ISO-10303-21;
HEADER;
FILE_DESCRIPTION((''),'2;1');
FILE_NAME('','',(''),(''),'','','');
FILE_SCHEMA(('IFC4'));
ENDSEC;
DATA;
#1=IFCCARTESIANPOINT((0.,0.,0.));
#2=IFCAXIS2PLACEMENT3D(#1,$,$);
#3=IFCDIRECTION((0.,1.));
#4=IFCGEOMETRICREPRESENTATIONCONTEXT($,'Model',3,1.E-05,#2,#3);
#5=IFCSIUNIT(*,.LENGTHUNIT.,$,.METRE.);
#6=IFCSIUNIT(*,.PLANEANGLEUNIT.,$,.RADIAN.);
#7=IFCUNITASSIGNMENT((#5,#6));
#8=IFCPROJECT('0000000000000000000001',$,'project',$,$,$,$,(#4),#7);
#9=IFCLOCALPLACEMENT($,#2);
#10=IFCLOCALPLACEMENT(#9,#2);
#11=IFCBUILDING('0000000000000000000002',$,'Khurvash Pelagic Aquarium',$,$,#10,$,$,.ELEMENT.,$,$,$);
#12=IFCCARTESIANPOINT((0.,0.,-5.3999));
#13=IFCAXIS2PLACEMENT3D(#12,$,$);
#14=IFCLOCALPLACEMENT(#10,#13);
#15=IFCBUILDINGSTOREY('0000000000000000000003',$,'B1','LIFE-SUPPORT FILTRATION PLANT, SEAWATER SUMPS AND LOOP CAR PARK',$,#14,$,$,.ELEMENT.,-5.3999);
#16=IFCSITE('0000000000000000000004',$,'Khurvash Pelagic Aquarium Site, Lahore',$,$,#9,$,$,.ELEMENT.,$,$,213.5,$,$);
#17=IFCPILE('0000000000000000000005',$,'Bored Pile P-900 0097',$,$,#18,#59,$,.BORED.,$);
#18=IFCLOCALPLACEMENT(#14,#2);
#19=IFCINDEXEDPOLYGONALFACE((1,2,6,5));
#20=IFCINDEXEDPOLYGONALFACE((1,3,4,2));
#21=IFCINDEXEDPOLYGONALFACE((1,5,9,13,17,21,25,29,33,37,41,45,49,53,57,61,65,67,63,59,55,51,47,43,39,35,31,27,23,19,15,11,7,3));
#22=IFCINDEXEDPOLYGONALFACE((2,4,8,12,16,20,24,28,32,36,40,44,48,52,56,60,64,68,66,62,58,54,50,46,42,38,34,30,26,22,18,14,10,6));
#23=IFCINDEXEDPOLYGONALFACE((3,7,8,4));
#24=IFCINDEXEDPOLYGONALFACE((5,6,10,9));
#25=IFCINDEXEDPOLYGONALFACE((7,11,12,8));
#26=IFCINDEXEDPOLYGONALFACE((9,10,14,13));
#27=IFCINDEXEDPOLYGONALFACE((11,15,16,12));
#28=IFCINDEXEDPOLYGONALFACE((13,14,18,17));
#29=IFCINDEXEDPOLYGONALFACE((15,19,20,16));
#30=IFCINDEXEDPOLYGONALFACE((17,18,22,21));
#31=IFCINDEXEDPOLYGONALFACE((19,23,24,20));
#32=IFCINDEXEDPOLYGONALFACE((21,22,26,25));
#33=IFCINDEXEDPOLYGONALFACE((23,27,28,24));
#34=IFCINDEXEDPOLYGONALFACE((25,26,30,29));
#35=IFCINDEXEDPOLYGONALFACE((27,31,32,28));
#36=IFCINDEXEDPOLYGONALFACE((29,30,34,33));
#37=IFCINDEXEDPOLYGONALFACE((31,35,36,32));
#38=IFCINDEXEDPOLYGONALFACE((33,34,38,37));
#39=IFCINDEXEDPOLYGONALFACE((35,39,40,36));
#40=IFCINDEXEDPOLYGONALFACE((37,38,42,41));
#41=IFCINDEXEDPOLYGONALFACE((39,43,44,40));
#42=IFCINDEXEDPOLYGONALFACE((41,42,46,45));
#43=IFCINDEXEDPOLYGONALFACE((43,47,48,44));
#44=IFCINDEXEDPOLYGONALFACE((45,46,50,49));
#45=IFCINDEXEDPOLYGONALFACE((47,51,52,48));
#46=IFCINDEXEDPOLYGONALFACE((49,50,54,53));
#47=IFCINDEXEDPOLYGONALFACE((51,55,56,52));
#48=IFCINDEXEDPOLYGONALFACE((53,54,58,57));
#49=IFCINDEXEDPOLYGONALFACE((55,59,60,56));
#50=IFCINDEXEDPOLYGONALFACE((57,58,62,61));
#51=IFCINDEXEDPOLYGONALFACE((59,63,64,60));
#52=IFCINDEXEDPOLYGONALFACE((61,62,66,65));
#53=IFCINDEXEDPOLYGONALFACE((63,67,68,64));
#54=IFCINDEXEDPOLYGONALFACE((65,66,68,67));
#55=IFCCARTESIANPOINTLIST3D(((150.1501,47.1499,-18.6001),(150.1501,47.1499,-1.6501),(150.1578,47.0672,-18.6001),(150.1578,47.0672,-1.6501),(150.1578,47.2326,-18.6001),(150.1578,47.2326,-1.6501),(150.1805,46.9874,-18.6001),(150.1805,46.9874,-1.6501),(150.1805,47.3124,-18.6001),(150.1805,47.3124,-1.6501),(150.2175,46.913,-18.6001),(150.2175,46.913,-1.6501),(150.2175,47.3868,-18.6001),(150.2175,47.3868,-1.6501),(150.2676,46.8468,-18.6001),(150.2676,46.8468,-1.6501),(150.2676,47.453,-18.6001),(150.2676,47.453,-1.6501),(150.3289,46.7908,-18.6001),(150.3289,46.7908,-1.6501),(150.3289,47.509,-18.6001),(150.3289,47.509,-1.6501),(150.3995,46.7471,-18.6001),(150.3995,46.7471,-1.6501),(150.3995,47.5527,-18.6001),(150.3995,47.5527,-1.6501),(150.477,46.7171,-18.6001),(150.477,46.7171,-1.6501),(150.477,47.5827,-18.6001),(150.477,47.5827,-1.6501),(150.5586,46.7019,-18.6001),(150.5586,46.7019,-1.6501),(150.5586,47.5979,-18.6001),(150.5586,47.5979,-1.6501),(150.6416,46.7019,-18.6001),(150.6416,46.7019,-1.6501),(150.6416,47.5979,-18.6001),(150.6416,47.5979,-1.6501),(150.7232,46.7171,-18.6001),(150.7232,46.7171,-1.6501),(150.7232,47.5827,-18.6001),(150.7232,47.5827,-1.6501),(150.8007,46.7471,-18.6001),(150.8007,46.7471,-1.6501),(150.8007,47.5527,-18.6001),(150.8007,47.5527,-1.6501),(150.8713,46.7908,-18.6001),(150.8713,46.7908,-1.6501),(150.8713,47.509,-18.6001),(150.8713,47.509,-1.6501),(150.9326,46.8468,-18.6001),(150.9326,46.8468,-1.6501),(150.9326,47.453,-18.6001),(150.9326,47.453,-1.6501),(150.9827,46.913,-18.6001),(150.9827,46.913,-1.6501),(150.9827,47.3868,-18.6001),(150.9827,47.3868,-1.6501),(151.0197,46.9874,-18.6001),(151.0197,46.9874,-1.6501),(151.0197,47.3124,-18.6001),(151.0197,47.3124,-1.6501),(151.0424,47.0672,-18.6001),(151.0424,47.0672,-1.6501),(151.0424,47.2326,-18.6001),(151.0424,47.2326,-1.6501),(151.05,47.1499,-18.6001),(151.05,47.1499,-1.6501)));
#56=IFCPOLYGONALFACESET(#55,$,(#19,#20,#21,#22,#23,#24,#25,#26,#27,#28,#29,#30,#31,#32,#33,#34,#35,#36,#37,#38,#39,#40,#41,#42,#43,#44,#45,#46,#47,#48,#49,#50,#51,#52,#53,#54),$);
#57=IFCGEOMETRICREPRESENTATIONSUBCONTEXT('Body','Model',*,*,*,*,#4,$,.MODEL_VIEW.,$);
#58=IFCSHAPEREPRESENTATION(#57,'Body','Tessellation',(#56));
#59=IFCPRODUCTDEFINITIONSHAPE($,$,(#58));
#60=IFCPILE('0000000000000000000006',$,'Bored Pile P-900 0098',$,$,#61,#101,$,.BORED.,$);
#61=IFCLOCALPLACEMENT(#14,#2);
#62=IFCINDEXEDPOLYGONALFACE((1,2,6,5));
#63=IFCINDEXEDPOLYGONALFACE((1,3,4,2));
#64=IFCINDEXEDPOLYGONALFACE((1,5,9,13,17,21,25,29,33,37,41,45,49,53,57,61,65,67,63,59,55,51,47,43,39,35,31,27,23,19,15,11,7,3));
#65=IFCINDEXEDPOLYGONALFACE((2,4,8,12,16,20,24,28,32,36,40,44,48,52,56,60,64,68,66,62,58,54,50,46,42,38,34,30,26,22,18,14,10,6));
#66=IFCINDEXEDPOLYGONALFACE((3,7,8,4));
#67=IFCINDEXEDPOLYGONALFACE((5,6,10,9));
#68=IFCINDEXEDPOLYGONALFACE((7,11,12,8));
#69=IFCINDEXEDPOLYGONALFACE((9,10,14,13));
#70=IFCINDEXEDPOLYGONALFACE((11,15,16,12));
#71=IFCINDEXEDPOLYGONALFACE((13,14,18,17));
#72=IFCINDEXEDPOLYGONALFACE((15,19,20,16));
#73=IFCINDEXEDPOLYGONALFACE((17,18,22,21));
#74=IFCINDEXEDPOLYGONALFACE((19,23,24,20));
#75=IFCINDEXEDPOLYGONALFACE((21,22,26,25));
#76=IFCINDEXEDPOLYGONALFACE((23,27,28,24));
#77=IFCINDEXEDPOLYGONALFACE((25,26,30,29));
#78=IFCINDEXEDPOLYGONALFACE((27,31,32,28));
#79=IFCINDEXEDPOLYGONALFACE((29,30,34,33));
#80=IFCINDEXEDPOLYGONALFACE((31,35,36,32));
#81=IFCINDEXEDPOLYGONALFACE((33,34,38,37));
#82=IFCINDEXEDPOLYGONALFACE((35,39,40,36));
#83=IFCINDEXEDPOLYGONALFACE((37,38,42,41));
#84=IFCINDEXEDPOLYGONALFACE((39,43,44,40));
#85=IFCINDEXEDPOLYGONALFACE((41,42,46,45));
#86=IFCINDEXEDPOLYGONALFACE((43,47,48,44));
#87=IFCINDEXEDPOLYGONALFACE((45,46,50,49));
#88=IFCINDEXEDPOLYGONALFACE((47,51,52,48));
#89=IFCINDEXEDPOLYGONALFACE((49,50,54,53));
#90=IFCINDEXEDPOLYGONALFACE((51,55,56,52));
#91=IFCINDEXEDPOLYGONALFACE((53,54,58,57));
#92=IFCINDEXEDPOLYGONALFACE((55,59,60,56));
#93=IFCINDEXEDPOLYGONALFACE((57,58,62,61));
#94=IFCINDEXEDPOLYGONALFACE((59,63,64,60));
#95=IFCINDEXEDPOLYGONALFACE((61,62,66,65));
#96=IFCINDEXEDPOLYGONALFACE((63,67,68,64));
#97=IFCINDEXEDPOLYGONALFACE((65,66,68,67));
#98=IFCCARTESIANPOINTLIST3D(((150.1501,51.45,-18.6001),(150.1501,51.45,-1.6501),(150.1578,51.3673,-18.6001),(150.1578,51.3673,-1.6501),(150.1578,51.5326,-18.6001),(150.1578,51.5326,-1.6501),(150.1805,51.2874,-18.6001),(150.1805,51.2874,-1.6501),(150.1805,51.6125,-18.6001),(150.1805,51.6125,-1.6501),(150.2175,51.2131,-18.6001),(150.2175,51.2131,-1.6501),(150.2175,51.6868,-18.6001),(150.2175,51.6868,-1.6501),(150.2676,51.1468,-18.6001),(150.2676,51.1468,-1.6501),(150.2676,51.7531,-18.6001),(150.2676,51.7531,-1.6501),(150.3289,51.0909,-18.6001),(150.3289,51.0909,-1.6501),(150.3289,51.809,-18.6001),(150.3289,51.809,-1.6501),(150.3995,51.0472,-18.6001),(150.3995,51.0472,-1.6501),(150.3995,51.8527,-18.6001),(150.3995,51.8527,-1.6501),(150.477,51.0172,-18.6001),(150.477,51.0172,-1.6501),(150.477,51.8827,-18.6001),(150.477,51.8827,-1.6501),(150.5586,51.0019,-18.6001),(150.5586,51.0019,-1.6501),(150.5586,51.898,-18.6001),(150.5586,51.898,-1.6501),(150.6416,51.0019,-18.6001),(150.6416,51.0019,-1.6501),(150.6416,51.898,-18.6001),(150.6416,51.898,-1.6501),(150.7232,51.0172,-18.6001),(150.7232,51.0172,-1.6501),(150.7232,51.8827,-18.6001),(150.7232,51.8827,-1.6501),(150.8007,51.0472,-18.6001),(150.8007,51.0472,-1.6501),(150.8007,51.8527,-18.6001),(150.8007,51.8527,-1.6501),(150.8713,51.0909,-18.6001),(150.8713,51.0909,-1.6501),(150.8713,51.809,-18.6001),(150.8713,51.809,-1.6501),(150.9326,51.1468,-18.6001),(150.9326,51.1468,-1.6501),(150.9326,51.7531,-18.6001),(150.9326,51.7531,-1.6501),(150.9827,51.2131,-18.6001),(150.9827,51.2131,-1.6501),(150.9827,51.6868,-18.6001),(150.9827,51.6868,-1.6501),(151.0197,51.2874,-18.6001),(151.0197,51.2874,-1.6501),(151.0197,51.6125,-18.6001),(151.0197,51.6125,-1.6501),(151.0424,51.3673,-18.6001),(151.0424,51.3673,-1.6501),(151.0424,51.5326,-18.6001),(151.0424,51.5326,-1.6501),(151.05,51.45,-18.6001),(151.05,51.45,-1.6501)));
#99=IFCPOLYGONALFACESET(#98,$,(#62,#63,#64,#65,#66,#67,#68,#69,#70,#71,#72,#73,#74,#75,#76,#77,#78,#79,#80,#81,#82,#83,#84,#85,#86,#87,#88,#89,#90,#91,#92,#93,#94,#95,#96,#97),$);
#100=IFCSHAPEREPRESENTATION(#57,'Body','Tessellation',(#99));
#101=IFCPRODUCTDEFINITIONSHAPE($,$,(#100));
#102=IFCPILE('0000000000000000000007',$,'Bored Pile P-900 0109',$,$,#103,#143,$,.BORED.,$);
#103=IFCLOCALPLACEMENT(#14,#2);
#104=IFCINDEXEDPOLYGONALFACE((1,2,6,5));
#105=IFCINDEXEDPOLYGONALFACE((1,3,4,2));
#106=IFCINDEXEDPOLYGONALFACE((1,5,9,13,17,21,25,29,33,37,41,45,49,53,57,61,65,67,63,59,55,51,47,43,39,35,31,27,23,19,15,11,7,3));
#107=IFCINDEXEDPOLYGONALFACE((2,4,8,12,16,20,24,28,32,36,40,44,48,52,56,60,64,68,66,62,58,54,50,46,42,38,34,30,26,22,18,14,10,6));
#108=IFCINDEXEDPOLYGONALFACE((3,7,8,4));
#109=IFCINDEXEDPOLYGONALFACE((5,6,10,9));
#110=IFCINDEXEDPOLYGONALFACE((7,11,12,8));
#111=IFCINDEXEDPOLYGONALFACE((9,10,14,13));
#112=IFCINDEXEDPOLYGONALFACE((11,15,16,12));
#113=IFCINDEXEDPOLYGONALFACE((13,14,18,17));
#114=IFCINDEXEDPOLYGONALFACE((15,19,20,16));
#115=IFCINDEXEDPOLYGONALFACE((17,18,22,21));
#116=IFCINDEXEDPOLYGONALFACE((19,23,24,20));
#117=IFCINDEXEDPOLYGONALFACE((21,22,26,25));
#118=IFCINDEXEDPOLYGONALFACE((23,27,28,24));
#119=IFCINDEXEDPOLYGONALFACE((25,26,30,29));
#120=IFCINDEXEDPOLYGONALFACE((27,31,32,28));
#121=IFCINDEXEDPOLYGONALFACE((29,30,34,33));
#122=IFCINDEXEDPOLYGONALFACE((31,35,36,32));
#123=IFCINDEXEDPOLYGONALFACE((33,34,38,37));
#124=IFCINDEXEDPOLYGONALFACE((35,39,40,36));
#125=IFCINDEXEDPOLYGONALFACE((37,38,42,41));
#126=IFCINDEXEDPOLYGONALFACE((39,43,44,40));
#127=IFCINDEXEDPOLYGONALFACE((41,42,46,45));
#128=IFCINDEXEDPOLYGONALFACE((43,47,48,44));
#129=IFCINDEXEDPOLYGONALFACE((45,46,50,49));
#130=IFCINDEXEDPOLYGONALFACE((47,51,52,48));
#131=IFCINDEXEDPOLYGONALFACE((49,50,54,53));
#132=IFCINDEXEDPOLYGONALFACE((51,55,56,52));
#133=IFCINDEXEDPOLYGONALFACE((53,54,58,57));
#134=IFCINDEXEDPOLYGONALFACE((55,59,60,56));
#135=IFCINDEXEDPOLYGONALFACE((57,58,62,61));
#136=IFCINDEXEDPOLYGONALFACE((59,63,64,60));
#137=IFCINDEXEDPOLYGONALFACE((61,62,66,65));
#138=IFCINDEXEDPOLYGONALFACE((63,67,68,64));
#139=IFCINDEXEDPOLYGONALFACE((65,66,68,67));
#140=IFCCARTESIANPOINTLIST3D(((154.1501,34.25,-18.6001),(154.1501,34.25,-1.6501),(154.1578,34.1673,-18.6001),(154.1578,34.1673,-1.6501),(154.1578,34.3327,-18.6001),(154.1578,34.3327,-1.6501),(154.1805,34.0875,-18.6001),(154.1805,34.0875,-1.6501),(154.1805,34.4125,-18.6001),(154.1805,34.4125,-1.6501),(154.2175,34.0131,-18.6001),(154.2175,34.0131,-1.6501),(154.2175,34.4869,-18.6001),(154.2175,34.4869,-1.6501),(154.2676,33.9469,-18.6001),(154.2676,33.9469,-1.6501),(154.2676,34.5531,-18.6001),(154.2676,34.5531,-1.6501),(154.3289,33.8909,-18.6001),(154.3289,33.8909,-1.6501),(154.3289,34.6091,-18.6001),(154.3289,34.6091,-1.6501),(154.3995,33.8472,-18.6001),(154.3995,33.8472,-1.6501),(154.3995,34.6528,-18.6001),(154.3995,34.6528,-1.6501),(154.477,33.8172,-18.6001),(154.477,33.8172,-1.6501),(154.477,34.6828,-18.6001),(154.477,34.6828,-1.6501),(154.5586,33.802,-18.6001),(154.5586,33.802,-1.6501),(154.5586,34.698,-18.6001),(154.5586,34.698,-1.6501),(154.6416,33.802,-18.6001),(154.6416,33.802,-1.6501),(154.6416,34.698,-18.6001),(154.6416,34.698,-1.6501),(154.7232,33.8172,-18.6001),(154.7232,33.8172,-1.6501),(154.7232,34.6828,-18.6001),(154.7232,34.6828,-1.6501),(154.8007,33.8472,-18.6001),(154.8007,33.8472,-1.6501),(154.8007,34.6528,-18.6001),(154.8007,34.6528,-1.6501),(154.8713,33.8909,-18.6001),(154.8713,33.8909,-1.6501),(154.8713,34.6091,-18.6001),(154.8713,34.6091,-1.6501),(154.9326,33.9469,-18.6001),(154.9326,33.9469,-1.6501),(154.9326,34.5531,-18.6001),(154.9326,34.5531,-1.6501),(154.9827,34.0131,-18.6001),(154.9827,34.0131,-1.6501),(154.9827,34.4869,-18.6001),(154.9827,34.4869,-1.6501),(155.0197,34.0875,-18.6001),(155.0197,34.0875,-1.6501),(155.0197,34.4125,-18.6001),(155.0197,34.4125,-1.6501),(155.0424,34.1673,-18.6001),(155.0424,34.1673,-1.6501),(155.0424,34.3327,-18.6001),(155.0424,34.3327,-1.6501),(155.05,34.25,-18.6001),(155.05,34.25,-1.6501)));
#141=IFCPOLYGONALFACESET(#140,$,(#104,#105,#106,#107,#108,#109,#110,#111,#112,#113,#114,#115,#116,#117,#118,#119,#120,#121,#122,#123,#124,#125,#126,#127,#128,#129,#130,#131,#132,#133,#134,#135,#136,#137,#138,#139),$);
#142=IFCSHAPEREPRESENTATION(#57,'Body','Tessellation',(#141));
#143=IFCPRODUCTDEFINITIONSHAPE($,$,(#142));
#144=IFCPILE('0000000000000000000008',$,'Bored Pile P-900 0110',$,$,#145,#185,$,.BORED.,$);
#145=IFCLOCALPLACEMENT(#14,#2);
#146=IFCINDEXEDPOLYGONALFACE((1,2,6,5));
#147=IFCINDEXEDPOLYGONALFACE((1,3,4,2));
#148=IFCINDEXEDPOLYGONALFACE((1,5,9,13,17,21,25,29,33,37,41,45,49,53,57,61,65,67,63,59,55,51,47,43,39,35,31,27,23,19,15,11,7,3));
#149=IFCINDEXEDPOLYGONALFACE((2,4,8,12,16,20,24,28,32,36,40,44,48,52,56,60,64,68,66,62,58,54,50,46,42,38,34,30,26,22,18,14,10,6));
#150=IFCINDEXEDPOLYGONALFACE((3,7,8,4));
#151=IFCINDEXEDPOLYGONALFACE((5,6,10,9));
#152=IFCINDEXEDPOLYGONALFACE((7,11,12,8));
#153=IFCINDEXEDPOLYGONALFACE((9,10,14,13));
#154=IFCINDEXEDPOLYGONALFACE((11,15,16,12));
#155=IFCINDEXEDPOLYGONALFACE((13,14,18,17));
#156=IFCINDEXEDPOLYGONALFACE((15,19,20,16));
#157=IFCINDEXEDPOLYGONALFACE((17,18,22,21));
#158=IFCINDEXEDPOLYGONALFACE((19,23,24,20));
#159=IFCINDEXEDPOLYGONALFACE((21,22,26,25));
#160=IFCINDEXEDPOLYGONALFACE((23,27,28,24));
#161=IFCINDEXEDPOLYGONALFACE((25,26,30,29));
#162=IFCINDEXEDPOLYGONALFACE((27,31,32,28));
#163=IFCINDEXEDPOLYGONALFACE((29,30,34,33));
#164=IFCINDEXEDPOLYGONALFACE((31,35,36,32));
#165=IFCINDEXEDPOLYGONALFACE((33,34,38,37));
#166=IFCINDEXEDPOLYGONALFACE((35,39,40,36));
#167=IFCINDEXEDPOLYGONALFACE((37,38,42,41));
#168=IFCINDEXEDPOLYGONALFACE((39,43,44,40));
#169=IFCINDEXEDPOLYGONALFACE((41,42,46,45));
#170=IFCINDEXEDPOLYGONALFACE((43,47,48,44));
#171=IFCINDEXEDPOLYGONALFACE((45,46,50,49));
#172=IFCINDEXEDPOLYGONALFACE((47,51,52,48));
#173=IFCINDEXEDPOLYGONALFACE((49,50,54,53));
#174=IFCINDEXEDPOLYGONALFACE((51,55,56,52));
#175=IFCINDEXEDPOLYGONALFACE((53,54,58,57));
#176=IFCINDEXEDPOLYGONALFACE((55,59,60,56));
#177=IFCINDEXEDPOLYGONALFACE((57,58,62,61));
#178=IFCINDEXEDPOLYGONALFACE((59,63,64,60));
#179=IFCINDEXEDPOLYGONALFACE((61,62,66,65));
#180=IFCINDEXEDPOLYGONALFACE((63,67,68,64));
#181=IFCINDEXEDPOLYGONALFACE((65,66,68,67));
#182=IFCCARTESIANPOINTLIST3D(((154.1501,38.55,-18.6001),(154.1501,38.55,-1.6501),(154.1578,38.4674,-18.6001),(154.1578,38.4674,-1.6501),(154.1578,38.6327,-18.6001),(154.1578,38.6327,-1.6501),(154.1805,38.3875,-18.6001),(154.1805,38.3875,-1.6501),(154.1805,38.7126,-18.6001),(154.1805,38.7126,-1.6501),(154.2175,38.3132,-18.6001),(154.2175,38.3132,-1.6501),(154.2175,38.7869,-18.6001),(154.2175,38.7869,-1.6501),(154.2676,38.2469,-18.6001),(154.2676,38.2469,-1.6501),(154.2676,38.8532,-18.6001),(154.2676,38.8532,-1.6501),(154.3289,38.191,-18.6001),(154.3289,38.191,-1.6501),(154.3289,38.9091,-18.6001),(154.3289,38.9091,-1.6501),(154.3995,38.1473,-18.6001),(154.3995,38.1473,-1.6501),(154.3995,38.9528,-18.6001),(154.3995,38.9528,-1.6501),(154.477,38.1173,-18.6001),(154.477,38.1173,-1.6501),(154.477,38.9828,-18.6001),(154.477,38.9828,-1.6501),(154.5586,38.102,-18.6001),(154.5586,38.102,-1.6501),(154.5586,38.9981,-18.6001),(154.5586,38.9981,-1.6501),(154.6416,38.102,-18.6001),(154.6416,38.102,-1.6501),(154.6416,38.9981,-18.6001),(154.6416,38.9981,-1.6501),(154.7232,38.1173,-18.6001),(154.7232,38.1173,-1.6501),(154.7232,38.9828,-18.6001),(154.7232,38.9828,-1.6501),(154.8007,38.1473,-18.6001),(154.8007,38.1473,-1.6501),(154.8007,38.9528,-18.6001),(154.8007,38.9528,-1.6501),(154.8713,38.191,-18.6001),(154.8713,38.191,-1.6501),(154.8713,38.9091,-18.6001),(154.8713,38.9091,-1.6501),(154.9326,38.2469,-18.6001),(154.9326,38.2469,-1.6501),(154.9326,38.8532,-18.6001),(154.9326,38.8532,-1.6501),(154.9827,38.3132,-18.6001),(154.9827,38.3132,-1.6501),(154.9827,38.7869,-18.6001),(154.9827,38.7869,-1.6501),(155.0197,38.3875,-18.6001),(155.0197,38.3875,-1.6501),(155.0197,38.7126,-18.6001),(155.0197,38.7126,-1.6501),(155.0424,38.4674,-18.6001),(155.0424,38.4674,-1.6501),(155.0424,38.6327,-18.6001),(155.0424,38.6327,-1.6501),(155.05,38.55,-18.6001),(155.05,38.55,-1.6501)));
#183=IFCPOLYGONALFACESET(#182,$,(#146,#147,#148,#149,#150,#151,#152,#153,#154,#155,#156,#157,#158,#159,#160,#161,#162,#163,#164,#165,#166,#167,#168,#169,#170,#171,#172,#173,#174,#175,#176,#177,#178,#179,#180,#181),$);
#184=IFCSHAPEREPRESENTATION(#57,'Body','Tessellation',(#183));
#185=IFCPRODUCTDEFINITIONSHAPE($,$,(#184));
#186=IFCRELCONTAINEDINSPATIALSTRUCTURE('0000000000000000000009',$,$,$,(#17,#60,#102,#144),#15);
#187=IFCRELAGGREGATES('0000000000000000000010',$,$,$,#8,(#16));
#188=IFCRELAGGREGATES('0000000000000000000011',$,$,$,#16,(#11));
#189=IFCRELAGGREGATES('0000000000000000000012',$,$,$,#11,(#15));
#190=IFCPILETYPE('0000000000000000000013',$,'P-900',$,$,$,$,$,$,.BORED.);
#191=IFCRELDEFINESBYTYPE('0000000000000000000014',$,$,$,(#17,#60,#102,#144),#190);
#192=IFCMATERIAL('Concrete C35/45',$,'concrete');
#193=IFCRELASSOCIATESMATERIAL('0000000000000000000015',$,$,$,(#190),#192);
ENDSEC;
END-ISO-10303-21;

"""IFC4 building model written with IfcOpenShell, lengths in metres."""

from ifc_helpers import new_model, si_unit, direction, frame, origin, origin_2d, place, context, subcontext, project, spatial, circle, extrude, material, material_profile, profile_set, type_object, element, save


model = new_model("IFC4")

# Units and contexts
model_context = context("Model", 3, precision=1e-05, world=origin(), true_north=direction((0.0, 1.0)))
body_context = subcontext(model_context, "Body", "Model", "MODEL_VIEW")
ifc_project = project(units=[si_unit("LENGTHUNIT", "METRE"), si_unit("PLANEANGLEUNIT", "RADIAN")], contexts=[model_context])

# Site, building, storey
site_placement = place(None, origin())
site = spatial("IfcSite", under=ifc_project, at=site_placement, Name="Khurvash Pelagic Aquarium Site, Lahore", CompositionType="ELEMENT", RefElevation=213.5)
building_placement = place(site_placement, origin())
building = spatial("IfcBuilding", under=site, at=building_placement, Name="Khurvash Pelagic Aquarium", CompositionType="ELEMENT")
storey_placement = place(building_placement, frame((0.0, 0.0, -5.3999)))
storey = spatial("IfcBuildingStorey", under=building, at=storey_placement, Name="B1", Description="LIFE-SUPPORT FILTRATION PLANT, SEAWATER SUMPS AND LOOP CAR PARK", CompositionType="ELEMENT", Elevation=-5.3999)

# Piles
ifc_material_1 = material(Name="Concrete C35/45", Category="concrete")
ifc_material_profile_1 = material_profile(ifc_material_1, circle(Radius=0.45, at=origin_2d()), Name="PILE900")
ifc_profile_set_1 = profile_set([ifc_material_profile_1], Name="Concrete C35/45")
pile_type = type_object("IfcPileType", Name="P-900", PredefinedType="BORED", material=ifc_profile_set_1)
for number, where, z_axis, x_axis, name in (
    (1, (150.6001, 47.1499, -1.6501), (0.0, 0.0, -1.0), (1.0, 0.0, 0.0), "Bored Pile P-900 0097"),
    (2, (150.6001, 51.45, -1.6501), (0.0, 0.0, -1.0), (1.0, 0.0, 0.0), "Bored Pile P-900 0098"),
    (3, (154.6001, 34.25, -1.6501), (0.0, 0.0, -1.0), (1.0, 0.0, 0.0), "Bored Pile P-900 0109"),
    (4, (154.6001, 38.55, -1.6501), (0.0, 0.0, -1.0), (1.0, 0.0, 0.0), "Bored Pile P-900 0110"),
):
    element("IfcPile", number, at=place(storey_placement, frame(where, z_axis=z_axis, x_axis=x_axis)), inside=storey, type_object=pile_type, Name=name, PredefinedType="BORED", context=body_context, shape_type="SweptSolid", body=[
        extrude(circle(Radius=0.45, at=origin_2d()), origin(), (0.0, 0.0, 1.0), 16.95),
    ])

save(model, "model.ifc")
